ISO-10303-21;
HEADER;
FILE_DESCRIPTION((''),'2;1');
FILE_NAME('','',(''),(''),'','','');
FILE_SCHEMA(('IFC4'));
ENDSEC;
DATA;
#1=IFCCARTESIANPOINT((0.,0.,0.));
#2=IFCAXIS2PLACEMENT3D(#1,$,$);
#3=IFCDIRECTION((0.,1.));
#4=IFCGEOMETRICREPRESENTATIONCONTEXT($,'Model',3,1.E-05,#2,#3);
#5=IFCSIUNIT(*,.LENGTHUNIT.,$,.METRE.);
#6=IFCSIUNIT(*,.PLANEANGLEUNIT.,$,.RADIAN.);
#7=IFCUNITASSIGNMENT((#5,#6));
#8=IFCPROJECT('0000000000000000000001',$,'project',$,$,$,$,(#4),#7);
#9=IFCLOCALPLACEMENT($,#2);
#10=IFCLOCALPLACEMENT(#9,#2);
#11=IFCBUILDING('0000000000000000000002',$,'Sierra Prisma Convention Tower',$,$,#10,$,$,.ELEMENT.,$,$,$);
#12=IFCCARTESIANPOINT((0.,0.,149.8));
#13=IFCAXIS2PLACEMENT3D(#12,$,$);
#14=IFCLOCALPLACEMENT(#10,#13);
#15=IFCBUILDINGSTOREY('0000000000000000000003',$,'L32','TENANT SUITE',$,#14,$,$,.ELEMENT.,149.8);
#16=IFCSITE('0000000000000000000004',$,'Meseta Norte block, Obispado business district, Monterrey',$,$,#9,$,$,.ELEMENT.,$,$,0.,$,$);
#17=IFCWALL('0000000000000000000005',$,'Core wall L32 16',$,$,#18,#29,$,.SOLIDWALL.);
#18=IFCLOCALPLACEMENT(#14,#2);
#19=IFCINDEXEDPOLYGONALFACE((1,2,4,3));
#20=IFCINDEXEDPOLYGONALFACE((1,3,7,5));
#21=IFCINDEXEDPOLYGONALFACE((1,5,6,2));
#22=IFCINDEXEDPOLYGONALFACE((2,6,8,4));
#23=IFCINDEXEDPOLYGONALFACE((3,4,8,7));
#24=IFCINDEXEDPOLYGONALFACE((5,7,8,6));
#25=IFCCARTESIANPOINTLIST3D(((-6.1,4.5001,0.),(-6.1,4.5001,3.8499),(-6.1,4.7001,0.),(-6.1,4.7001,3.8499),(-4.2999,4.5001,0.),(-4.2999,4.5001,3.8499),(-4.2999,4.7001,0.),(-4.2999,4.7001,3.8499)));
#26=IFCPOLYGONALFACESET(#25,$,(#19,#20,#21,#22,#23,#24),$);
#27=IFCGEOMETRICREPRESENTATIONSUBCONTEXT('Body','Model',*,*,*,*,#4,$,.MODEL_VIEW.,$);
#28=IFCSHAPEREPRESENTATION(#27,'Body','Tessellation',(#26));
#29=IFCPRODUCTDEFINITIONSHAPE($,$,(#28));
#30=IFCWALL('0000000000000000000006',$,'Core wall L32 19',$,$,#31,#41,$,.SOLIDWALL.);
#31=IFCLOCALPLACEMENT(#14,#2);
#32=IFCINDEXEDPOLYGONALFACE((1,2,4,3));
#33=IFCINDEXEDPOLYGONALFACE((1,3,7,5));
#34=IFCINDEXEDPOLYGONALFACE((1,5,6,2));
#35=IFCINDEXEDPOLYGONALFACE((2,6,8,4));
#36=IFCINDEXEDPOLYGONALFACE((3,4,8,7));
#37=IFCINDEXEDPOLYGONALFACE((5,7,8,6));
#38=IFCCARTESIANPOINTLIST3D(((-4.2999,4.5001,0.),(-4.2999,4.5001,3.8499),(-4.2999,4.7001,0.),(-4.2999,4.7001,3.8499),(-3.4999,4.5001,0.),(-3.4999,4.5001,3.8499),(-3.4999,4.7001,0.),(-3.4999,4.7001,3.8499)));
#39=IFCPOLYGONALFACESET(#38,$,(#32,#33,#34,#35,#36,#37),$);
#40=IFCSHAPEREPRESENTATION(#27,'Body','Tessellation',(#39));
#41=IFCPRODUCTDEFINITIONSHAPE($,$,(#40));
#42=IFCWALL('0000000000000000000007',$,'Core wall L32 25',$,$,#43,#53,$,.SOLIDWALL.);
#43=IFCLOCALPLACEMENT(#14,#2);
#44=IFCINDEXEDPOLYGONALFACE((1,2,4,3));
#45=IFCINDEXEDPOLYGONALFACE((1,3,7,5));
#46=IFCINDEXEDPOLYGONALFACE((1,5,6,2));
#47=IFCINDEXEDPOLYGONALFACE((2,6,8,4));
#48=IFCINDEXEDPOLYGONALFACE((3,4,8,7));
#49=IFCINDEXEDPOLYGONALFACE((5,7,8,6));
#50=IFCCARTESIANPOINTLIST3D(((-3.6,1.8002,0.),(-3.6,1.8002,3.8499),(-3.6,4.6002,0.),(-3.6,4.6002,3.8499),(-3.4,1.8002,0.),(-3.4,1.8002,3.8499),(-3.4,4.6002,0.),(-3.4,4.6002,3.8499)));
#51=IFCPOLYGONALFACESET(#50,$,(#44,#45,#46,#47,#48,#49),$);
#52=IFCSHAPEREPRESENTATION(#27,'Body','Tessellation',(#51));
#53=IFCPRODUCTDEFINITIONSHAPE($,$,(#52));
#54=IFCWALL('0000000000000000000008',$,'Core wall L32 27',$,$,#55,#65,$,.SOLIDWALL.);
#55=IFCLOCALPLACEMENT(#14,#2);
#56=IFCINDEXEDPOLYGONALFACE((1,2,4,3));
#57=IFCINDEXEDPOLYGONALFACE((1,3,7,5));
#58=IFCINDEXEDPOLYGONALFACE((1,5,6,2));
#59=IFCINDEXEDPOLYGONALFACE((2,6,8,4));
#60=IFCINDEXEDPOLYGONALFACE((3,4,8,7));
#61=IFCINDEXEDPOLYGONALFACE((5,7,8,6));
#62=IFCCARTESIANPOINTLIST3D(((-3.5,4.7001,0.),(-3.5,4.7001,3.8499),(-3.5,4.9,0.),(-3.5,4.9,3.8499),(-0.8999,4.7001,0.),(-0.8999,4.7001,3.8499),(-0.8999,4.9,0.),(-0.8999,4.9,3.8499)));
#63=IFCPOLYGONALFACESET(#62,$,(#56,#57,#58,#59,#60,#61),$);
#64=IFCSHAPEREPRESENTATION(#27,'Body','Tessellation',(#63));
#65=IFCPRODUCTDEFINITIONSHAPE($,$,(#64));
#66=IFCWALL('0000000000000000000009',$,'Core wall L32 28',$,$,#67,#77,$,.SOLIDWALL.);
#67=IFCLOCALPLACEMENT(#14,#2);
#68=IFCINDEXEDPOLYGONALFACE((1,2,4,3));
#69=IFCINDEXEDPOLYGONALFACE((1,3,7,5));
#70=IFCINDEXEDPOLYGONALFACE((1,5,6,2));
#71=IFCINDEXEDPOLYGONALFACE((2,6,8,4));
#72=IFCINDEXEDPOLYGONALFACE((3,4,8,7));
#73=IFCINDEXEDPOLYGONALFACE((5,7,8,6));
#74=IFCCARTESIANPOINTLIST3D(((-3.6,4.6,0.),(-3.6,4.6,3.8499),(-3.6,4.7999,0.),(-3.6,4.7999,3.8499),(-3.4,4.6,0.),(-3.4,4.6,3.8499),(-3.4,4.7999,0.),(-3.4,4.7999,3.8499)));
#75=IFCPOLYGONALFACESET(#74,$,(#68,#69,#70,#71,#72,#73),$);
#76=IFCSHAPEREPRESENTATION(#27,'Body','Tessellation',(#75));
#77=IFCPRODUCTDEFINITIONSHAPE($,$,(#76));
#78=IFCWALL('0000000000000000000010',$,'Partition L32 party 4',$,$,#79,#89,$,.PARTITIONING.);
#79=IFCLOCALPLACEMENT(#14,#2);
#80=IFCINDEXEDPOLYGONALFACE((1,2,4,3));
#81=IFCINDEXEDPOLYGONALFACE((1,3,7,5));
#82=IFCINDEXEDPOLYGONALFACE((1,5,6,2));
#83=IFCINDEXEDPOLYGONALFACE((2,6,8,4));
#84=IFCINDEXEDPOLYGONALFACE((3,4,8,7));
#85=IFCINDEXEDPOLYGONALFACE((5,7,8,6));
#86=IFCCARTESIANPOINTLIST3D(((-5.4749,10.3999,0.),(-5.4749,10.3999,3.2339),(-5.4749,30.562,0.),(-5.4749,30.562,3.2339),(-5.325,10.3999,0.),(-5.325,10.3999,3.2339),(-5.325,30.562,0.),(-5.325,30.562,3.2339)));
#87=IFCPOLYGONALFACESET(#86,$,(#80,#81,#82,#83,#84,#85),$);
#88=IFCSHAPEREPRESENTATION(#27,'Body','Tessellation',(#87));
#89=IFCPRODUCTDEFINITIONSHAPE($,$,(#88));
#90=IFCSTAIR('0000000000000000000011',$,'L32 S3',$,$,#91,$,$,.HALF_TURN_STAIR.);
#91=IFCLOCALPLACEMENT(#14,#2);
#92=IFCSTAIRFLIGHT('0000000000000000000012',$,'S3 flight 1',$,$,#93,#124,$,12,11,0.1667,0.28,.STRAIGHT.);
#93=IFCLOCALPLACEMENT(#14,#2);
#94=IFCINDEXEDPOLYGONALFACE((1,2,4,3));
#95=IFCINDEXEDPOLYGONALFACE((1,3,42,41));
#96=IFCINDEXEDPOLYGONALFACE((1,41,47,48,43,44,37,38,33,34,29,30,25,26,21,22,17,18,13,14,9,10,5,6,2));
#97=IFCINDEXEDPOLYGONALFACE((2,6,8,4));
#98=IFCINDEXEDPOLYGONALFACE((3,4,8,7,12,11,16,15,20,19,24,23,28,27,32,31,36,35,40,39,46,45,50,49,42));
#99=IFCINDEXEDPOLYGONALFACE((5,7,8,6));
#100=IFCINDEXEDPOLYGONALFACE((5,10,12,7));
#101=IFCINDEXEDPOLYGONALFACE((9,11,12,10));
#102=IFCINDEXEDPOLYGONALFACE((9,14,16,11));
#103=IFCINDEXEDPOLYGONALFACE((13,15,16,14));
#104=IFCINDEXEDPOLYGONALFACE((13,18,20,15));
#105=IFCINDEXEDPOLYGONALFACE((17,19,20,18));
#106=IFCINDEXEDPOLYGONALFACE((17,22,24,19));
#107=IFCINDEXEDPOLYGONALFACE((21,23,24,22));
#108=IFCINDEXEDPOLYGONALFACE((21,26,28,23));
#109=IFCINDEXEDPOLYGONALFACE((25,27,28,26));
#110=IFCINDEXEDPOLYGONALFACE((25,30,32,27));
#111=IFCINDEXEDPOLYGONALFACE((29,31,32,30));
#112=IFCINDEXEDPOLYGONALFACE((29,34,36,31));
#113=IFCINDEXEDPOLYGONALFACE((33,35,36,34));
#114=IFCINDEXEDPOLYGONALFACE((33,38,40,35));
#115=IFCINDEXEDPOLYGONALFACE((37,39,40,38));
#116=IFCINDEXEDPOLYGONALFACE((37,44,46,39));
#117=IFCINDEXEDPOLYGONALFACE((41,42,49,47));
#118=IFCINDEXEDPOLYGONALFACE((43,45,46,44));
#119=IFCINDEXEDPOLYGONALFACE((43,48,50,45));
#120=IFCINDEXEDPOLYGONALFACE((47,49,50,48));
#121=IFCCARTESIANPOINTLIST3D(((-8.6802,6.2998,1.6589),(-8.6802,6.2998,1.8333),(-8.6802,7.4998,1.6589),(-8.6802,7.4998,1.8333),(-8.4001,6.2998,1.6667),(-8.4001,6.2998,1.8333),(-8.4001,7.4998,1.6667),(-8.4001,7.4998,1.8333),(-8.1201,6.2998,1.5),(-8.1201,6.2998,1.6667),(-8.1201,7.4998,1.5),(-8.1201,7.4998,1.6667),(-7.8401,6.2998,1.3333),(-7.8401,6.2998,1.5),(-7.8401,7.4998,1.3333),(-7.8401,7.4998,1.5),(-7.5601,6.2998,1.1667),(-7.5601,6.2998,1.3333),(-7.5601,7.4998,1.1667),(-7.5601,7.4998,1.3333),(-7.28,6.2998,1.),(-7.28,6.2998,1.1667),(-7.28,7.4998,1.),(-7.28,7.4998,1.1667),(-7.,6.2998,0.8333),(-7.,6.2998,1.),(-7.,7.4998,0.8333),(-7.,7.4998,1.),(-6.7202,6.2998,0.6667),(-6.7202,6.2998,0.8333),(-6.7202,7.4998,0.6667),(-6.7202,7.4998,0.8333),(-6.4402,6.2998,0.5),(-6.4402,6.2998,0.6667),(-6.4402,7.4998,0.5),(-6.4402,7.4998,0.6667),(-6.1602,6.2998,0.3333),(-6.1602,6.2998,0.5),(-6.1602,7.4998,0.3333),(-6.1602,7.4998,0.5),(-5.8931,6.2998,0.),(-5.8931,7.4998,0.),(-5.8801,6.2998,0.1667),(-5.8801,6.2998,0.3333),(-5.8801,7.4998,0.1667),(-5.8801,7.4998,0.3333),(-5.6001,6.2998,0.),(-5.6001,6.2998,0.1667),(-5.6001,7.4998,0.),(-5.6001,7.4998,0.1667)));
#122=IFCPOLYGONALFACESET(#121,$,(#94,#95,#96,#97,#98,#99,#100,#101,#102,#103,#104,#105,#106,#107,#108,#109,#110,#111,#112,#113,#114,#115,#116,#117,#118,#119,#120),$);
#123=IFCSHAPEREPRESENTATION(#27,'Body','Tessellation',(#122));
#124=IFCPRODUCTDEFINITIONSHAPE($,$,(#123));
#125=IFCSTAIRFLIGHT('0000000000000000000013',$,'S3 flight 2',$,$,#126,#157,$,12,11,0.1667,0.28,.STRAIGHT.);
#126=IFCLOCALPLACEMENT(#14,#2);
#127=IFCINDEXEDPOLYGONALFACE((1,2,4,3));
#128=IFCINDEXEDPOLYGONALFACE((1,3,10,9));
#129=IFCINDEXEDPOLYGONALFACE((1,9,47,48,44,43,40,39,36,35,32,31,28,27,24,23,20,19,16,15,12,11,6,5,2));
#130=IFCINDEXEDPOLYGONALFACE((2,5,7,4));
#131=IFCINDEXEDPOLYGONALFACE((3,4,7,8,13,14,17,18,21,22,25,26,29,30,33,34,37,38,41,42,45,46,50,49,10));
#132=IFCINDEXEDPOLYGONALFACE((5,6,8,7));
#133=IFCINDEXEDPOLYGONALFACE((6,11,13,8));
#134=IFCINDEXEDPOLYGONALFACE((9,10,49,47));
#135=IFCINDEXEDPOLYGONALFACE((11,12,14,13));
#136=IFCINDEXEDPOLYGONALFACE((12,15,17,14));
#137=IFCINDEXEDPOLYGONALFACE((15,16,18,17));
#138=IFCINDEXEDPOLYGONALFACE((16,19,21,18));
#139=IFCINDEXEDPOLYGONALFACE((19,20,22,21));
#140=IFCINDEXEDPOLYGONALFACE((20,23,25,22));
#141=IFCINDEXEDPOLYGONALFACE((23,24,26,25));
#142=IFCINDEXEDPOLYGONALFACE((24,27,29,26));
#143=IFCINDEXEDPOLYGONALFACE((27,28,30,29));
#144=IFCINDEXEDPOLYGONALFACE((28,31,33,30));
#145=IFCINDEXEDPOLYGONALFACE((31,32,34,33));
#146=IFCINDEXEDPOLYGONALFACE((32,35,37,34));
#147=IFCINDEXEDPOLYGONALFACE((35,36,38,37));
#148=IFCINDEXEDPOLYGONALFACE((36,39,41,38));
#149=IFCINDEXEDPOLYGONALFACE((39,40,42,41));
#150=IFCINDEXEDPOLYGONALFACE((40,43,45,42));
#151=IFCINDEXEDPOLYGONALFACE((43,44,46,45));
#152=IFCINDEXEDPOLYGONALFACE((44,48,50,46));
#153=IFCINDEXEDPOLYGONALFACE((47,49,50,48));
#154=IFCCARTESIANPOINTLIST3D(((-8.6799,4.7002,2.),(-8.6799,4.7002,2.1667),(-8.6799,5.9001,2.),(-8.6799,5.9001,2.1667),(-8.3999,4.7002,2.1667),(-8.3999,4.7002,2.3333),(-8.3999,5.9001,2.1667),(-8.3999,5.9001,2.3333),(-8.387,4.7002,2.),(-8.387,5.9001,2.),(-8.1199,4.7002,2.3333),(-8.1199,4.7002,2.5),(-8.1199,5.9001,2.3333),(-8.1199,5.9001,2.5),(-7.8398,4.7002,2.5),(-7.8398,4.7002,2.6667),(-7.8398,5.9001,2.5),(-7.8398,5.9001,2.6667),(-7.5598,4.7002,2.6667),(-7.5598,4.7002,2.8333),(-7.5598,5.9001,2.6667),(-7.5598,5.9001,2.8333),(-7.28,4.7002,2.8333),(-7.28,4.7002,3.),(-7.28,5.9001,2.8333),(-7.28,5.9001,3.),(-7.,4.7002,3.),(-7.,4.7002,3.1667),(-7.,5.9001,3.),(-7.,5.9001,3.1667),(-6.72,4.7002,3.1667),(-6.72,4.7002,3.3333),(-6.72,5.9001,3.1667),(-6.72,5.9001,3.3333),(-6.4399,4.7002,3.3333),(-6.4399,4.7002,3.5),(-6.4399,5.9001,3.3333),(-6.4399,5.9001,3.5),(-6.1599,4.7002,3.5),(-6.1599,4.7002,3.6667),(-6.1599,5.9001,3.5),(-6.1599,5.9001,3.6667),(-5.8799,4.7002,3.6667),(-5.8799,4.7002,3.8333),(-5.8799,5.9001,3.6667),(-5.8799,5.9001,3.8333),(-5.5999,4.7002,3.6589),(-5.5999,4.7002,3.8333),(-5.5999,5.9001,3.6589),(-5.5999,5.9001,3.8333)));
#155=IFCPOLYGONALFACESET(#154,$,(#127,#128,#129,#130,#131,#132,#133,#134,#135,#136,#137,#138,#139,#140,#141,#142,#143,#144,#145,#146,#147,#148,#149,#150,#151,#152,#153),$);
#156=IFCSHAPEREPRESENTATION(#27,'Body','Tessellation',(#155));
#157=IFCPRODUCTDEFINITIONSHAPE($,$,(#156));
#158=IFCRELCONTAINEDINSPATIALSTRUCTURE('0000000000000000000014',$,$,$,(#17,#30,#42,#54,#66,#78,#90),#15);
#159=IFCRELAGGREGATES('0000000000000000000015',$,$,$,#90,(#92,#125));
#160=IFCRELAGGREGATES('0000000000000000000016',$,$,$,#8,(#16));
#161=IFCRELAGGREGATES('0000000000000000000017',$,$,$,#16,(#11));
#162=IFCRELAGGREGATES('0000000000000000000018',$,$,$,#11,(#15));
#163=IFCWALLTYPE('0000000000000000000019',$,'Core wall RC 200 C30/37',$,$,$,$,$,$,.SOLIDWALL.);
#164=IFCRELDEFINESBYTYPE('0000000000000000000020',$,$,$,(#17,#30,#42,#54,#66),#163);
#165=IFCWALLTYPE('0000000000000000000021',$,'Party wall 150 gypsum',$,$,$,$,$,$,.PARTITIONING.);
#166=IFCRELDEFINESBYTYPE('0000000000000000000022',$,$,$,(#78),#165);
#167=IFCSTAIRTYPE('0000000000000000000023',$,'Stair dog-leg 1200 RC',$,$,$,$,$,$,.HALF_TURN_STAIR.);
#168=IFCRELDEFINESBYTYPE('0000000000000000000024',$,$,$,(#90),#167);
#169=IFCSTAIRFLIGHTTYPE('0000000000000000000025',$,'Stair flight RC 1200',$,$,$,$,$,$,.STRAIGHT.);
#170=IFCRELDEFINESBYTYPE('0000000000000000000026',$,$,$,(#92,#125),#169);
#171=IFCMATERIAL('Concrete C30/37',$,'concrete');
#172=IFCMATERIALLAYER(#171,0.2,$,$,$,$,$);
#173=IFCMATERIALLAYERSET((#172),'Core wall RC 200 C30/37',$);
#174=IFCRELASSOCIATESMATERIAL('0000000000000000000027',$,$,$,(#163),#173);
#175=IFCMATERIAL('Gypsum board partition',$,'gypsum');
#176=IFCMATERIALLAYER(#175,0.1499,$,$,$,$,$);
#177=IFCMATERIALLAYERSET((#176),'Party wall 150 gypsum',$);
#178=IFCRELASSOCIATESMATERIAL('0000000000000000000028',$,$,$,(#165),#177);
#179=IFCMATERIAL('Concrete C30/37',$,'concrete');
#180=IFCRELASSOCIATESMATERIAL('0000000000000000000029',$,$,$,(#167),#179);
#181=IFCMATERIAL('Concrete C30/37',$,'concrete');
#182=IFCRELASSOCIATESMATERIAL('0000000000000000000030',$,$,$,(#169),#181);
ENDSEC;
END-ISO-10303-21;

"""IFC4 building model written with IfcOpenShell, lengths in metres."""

from ifc_helpers import new_model, si_unit, direction, frame, frame_2d, origin, place, context, subcontext, project, spatial, polyline, rectangle, outline, extrude, material, layer, layer_set, type_object, element, aggregate, save


model = new_model("IFC4")

# Units and contexts
model_context = context("Model", 3, precision=1e-05, world=origin(), true_north=direction((0.0, 1.0)))
body_context = subcontext(model_context, "Body", "Model", "MODEL_VIEW")
ifc_project = project(units=[si_unit("LENGTHUNIT", "METRE"), si_unit("PLANEANGLEUNIT", "RADIAN")], contexts=[model_context])

# Site, building, storey
site_placement = place(None, origin())
site = spatial("IfcSite", under=ifc_project, at=site_placement, Name="Meseta Norte block, Obispado business district, Monterrey", CompositionType="ELEMENT", RefElevation=0.0)
building_placement = place(site_placement, origin())
building = spatial("IfcBuilding", under=site, at=building_placement, Name="Sierra Prisma Convention Tower", CompositionType="ELEMENT")
storey_placement = place(building_placement, frame((0.0, 0.0, 149.8)))
storey = spatial("IfcBuildingStorey", under=building, at=storey_placement, Name="L32", Description="TENANT SUITE", CompositionType="ELEMENT", Elevation=149.8)

# Walls
ifc_material_1 = material(Name="Concrete C30/37", Category="concrete")
ifc_layer_1 = layer(ifc_material_1, 0.2)
ifc_layer_set_1 = layer_set([ifc_layer_1], Name="Core wall RC 200 C30/37")
wall_type_1 = type_object("IfcWallType", Name="Core wall RC 200 C30/37", PredefinedType="SOLIDWALL", material=ifc_layer_set_1)
wall_1_placement = place(storey_placement, frame((-4.3, 4.6001, 0.0), z_axis=(0.0, 0.0, 1.0), x_axis=(-1.0, 0.0, 0.0)))
element("IfcWall", 1, at=wall_1_placement, inside=storey, type_object=wall_type_1, Name="Core wall L32 16", PredefinedType="SOLIDWALL", context=body_context, shape_type="SweptSolid", body=[
    extrude(rectangle(XDim=1.8, YDim=0.2, at=frame_2d((0.8999, 0.0))), origin(), (0.0, 0.0, 1.0), 3.8499),
])
wall_2_placement = place(storey_placement, frame((-3.5, 4.6001, 0.0), z_axis=(0.0, 0.0, 1.0), x_axis=(-1.0, 0.0, 0.0)))
element("IfcWall", 2, at=wall_2_placement, inside=storey, type_object=wall_type_1, Name="Core wall L32 19", PredefinedType="SOLIDWALL", context=body_context, shape_type="SweptSolid", body=[
    extrude(rectangle(XDim=0.8, YDim=0.2, at=frame_2d((0.3999, 0.0))), origin(), (0.0, 0.0, 1.0), 3.8499),
])

# Walls
wall_3_placement = place(storey_placement, frame((-3.5, 4.6001, 0.0), z_axis=(0.0, 0.0, 1.0), x_axis=(0.0, -1.0, 0.0)))
element("IfcWall", 3, at=wall_3_placement, inside=storey, type_object=wall_type_1, Name="Core wall L32 25", PredefinedType="SOLIDWALL", context=body_context, shape_type="SweptSolid", body=[
    extrude(rectangle(XDim=2.8, YDim=0.2, at=frame_2d((1.3999, 0.0))), origin(), (0.0, 0.0, 1.0), 3.8499),
])
wall_4_placement = place(storey_placement, frame((-0.8999, 4.8, 0.0), z_axis=(0.0, 0.0, 1.0), x_axis=(-1.0, 0.0, 0.0)))
element("IfcWall", 4, at=wall_4_placement, inside=storey, type_object=wall_type_1, Name="Core wall L32 27", PredefinedType="SOLIDWALL", context=body_context, shape_type="SweptSolid", body=[
    extrude(rectangle(XDim=2.6001, YDim=0.2, at=frame_2d((1.3, 0.0))), origin(), (0.0, 0.0, 1.0), 3.8499),
])
wall_5_placement = place(storey_placement, frame((-3.5, 4.8, 0.0), z_axis=(0.0, 0.0, 1.0), x_axis=(0.0, -1.0, 0.0)))
element("IfcWall", 5, at=wall_5_placement, inside=storey, type_object=wall_type_1, Name="Core wall L32 28", PredefinedType="SOLIDWALL", context=body_context, shape_type="SweptSolid", body=[
    extrude(rectangle(XDim=0.2, YDim=0.2, at=frame_2d((0.1001, 0.0))), origin(), (0.0, 0.0, 1.0), 3.8499),
])
ifc_material_2 = material(Name="Gypsum board partition", Category="gypsum")
ifc_layer_2 = layer(ifc_material_2, 0.1499)
ifc_layer_set_2 = layer_set([ifc_layer_2], Name="Party wall 150 gypsum")
wall_type_2 = type_object("IfcWallType", Name="Party wall 150 gypsum", PredefinedType="PARTITIONING", material=ifc_layer_set_2)
wall_6_placement = place(storey_placement, frame((-5.3999, 10.3999, 0.0), z_axis=(0.0, 0.0, 1.0), x_axis=(0.0, 1.0, 0.0)))
element("IfcWall", 6, at=wall_6_placement, inside=storey, type_object=wall_type_2, Name="Partition L32 party 4", PredefinedType="PARTITIONING", context=body_context, shape_type="SweptSolid", body=[
    extrude(rectangle(XDim=20.1621, YDim=0.1499, at=frame_2d((10.0811, 0.0))), origin(), (0.0, 0.0, 1.0), 3.2339),
])

# Stair, stair flights
ifc_material_3 = material(Name="Concrete C30/37", Category="concrete")
stair_type = type_object("IfcStairType", Name="Stair dog-leg 1200 RC", PredefinedType="HALF_TURN_STAIR", material=ifc_material_3)
stair_placement = place(storey_placement, origin())
stair = element("IfcStair", 7, at=stair_placement, inside=storey, type_object=stair_type, Name="L32 S3", PredefinedType="HALF_TURN_STAIR")
ifc_material_4 = material(Name="Concrete C30/37", Category="concrete")
stair_flight_type = type_object("IfcStairFlightType", Name="Stair flight RC 1200", PredefinedType="STRAIGHT", material=ifc_material_4)
stair_flight_1_placement = place(storey_placement, frame((-5.6001, 6.8999, 0.0), z_axis=(0.0, 0.0, 1.0), x_axis=(-1.0, 0.0, 0.0)))
stair_flight_1 = element("IfcStairFlight", 8, at=stair_flight_1_placement, type_object=stair_flight_type, Name="S3 flight 1", NumberOfRisers=12, NumberOfTreads=11, PredefinedType="STRAIGHT", RiserHeight=0.1667, TreadLength=0.28, context=body_context, shape_type="SweptSolid", body=[
    extrude(outline(polyline([(0.0, 0.0), (0.0, 0.1667), (0.28, 0.1667), (0.28, 0.3333), (0.5601, 0.3333), (0.5601, 0.5), (0.8401, 0.5), (0.8401, 0.6667), (1.1201, 0.6667), (1.1201, 0.8333), (1.3999, 0.8333), (1.3999, 1.0), (1.6799, 1.0), (1.6799, 1.1667), (1.96, 1.1667), (1.96, 1.3333), (2.24, 1.3333), (2.24, 1.5), (2.52, 1.5), (2.52, 1.6667), (2.8, 1.6667), (2.8, 1.8333), (3.0801, 1.8333), (3.0801, 2.0), (3.0801, 1.6589), (0.293, 0.0), (0.0, 0.0)])), frame((0.0, 0.6001, 0.0), z_axis=(0.0, -1.0, 0.0), x_axis=(1.0, 0.0, 0.0)), (0.0, 0.0, 1.0), 1.2),
])
stair_flight_2_placement = place(storey_placement, frame((-8.6799, 5.3, 2.0), z_axis=(0.0, 0.0, 1.0), x_axis=(1.0, 0.0, 0.0)))
stair_flight_2 = element("IfcStairFlight", 9, at=stair_flight_2_placement, type_object=stair_flight_type, Name="S3 flight 2", NumberOfRisers=12, NumberOfTreads=11, PredefinedType="STRAIGHT", RiserHeight=0.1667, TreadLength=0.28, context=body_context, shape_type="SweptSolid", body=[
    extrude(outline(polyline([(0.0, 0.0), (0.0, 0.1667), (0.28, 0.1667), (0.28, 0.3333), (0.5601, 0.3333), (0.5601, 0.5), (0.8401, 0.5), (0.8401, 0.6667), (1.1201, 0.6667), (1.1201, 0.8333), (1.3999, 0.8333), (1.3999, 1.0), (1.6799, 1.0), (1.6799, 1.1667), (1.96, 1.1667), (1.96, 1.3333), (2.24, 1.3333), (2.24, 1.5), (2.52, 1.5), (2.52, 1.6667), (2.8, 1.6667), (2.8, 1.8333), (3.0801, 1.8333), (3.0801, 2.0), (3.0801, 1.6589), (0.293, 0.0), (0.0, 0.0)])), frame((0.0, 0.6001, 0.0), z_axis=(0.0, -1.0, 0.0), x_axis=(1.0, 0.0, 0.0)), (0.0, 0.0, 1.0), 1.2),
])
aggregate(stair, [stair_flight_1, stair_flight_2])

save(model, "model.ifc")
